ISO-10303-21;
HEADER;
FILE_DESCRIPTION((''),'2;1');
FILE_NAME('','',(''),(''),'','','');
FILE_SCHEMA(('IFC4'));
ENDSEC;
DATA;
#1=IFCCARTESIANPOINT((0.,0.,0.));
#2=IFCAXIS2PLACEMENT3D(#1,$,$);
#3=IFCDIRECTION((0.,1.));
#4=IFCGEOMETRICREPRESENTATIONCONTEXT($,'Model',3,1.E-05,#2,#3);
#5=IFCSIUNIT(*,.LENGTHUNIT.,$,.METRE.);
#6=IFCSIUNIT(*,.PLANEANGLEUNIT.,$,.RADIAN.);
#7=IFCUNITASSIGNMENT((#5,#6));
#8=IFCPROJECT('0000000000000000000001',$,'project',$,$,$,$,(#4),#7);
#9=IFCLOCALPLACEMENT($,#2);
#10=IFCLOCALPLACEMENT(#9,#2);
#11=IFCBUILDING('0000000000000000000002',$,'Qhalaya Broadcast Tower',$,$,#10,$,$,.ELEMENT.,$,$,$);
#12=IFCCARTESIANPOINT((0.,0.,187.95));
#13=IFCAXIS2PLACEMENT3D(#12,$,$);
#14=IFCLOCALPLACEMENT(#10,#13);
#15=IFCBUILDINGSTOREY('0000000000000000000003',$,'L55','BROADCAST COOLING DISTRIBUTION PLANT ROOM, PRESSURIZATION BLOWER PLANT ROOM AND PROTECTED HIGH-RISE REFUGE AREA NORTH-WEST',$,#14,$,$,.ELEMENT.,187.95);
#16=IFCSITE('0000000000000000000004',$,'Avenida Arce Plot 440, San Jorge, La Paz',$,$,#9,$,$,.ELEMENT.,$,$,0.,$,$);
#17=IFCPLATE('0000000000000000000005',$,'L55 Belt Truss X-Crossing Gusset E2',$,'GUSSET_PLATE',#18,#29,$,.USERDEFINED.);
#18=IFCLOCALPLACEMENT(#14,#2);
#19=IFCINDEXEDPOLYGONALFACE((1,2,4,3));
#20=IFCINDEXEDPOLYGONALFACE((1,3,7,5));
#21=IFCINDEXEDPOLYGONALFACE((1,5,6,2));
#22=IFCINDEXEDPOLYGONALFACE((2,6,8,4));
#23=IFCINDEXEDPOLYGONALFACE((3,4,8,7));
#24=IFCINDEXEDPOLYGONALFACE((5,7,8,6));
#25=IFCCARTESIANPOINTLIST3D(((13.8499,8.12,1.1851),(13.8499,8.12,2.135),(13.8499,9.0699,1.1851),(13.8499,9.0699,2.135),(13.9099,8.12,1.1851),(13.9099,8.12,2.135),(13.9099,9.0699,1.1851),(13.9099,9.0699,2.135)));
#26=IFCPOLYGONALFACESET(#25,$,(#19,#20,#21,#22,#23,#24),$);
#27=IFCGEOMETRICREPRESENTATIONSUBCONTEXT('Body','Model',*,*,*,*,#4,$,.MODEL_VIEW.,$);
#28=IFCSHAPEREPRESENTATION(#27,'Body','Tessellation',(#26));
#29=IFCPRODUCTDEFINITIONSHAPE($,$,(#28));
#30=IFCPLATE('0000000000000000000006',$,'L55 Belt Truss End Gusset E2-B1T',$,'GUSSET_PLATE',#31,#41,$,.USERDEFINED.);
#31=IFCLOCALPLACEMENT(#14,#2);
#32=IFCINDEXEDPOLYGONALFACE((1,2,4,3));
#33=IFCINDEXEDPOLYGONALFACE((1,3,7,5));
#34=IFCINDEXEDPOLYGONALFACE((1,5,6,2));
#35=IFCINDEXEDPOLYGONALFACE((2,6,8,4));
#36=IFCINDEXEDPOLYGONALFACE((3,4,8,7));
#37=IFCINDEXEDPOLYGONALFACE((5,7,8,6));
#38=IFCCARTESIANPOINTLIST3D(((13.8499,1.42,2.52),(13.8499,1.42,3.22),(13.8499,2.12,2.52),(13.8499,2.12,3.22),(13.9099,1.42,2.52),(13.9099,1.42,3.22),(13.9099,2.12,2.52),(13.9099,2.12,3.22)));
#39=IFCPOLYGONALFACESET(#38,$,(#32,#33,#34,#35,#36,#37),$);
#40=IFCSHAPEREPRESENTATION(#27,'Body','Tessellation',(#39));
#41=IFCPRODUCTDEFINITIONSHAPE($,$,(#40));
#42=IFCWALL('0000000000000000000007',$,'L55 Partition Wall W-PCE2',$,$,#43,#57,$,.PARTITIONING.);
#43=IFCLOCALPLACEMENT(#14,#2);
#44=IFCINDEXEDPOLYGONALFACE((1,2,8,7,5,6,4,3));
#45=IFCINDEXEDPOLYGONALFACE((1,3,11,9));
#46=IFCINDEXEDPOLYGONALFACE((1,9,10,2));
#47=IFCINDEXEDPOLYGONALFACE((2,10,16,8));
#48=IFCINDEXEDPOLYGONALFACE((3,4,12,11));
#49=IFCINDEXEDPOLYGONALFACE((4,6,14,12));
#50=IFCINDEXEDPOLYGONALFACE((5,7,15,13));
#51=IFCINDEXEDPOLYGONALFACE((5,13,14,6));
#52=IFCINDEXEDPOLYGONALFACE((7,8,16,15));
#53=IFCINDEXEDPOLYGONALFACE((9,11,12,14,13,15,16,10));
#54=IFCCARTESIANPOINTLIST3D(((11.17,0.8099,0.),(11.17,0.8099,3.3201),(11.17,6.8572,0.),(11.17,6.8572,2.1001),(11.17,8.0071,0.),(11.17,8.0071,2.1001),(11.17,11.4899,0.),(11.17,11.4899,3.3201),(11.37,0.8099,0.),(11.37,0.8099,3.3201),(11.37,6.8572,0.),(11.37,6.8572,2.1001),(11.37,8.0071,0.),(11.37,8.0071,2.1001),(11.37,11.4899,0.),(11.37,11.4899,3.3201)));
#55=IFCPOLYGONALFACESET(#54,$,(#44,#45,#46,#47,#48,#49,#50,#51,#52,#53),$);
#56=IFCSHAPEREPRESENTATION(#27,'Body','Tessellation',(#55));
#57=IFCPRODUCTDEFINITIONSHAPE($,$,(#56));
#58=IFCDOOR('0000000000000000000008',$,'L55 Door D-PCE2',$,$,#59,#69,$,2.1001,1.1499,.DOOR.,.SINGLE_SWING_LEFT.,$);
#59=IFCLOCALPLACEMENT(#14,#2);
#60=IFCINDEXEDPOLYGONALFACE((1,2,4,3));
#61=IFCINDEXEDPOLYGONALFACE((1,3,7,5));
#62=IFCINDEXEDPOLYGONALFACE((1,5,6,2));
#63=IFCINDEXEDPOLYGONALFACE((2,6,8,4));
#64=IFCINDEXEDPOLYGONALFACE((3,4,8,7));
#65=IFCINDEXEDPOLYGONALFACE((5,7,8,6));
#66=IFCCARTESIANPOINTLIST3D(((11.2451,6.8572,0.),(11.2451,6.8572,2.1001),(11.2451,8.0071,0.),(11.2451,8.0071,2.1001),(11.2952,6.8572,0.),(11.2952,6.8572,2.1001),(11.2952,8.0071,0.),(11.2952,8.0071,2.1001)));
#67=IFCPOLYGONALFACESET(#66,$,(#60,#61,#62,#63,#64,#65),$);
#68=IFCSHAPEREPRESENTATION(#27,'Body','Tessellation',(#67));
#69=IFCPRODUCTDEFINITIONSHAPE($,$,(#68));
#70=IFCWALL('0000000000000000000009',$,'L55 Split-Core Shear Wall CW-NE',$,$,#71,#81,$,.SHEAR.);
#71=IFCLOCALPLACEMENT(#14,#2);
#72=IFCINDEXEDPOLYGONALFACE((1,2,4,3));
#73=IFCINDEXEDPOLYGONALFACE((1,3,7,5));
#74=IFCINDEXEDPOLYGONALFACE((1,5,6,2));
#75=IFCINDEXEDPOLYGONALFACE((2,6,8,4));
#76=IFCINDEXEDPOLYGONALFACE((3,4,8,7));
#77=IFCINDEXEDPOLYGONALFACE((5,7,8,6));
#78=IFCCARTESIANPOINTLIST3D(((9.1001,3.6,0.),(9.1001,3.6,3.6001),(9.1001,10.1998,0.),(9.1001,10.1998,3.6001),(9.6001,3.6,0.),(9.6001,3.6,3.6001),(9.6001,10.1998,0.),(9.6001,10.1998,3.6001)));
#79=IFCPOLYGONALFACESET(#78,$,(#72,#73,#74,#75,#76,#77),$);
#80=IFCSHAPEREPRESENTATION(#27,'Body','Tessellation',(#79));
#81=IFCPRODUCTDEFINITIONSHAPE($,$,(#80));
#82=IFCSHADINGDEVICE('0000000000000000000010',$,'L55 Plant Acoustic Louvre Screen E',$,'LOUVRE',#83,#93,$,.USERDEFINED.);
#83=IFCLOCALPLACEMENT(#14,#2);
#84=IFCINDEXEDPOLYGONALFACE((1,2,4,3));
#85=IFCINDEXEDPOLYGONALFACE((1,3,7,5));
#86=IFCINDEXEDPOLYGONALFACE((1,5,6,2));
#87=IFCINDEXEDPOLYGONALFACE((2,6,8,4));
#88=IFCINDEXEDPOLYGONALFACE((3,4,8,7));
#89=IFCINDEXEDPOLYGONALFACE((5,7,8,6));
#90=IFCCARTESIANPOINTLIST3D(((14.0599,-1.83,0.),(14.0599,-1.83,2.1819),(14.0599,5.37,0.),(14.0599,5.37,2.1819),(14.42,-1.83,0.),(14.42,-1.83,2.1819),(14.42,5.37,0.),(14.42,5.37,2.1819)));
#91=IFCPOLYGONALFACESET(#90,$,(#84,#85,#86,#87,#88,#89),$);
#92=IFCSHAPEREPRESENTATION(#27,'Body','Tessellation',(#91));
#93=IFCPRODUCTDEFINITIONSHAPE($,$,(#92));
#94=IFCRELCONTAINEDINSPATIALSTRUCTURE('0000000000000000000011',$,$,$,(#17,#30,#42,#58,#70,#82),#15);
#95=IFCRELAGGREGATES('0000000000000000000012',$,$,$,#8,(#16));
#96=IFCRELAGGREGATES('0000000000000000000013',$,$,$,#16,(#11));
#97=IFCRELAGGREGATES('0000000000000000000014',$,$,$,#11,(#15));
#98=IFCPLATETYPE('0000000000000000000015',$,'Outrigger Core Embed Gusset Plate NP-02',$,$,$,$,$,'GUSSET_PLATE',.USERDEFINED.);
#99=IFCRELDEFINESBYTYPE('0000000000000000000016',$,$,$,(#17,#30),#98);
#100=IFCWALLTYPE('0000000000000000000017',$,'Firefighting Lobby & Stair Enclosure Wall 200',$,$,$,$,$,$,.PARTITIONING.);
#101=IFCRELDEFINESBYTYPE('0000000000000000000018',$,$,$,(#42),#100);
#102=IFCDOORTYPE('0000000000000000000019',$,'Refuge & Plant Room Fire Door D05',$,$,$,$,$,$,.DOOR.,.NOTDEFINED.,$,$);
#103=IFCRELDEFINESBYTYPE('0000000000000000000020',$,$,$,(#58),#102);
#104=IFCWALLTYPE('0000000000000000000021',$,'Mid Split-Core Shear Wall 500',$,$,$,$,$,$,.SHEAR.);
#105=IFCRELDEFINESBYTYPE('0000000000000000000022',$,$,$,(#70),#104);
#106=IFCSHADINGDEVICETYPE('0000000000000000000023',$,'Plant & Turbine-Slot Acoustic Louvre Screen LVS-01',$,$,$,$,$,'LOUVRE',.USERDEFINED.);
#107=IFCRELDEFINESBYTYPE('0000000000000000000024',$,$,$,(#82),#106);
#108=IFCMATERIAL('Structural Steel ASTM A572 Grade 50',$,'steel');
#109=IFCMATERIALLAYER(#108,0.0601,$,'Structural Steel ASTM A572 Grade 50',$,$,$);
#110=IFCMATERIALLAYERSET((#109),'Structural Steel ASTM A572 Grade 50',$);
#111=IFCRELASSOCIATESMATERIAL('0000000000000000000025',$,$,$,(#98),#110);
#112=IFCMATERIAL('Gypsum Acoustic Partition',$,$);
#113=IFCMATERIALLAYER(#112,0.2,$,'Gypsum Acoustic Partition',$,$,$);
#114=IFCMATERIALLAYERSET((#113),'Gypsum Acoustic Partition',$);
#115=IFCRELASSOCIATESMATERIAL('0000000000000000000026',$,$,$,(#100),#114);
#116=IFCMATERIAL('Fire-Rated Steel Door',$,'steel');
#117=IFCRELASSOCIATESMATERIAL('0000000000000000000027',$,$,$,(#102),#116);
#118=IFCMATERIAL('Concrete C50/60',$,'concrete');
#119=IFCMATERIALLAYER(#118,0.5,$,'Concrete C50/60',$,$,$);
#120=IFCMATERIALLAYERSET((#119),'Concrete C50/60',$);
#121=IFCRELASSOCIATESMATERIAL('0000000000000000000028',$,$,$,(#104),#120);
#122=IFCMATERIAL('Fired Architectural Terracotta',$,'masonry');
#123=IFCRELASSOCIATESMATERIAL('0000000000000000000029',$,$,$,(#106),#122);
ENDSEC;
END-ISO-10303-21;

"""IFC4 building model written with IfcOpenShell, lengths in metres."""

from ifc_helpers import new_model, si_unit, direction, frame, frame_2d, origin, origin_2d, place, context, subcontext, project, spatial, rectangle, extrude, material, layer, layer_set, type_object, element, fill, save


model = new_model("IFC4")

# Units and contexts
model_context = context("Model", 3, precision=1e-05, world=origin(), true_north=direction((0.0, 1.0)))
body_context = subcontext(model_context, "Body", "Model", "MODEL_VIEW")
ifc_project = project(units=[si_unit("LENGTHUNIT", "METRE"), si_unit("PLANEANGLEUNIT", "RADIAN")], contexts=[model_context])

# Site, building, storey
site_placement = place(None, origin())
site = spatial("IfcSite", under=ifc_project, at=site_placement, Name="Avenida Arce Plot 440, San Jorge, La Paz", CompositionType="ELEMENT", RefElevation=0.0)
building_placement = place(site_placement, origin())
building = spatial("IfcBuilding", under=site, at=building_placement, Name="Qhalaya Broadcast Tower", CompositionType="ELEMENT")
storey_placement = place(building_placement, frame((0.0, 0.0, 187.95)))
storey = spatial("IfcBuildingStorey", under=building, at=storey_placement, Name="L55", Description="BROADCAST COOLING DISTRIBUTION PLANT ROOM, PRESSURIZATION BLOWER PLANT ROOM AND PROTECTED HIGH-RISE REFUGE AREA NORTH-WEST", CompositionType="ELEMENT", Elevation=187.95)

# Shared definitions
ifc_material_1 = material(Name="Concrete C50/60", Category="concrete")
ifc_material_2 = material(Name="Structural Steel ASTM A572 Grade 50", Category="steel")

# Plates
ifc_layer_1 = layer(ifc_material_2, 0.0601, Name="Structural Steel ASTM A572 Grade 50")
ifc_layer_set_1 = layer_set([ifc_layer_1], Name="Structural Steel ASTM A572 Grade 50")
plate_type_1 = type_object("IfcPlateType", Name="Outrigger Core Embed Gusset Plate NP-02", ElementType="GUSSET_PLATE", PredefinedType="USERDEFINED", material=ifc_layer_set_1)
plate_1_placement = place(storey_placement, frame((13.8799, 8.595, 1.1851), z_axis=(0.0, 0.0, 1.0), x_axis=(0.0, 1.0, 0.0)))
element("IfcPlate", 1, at=plate_1_placement, inside=storey, type_object=plate_type_1, Name="L55 Belt Truss X-Crossing Gusset E2", ObjectType="GUSSET_PLATE", PredefinedType="USERDEFINED", context=body_context, shape_type="SweptSolid", body=[
    extrude(rectangle(XDim=0.95, YDim=0.0601, at=origin_2d()), origin(), (0.0, 0.0, 1.0), 0.95),
])
plate_2_placement = place(storey_placement, frame((13.8799, 1.77, 2.52), z_axis=(0.0, 0.0, 1.0), x_axis=(0.0, 1.0, 0.0)))
element("IfcPlate", 2, at=plate_2_placement, inside=storey, type_object=plate_type_1, Name="L55 Belt Truss End Gusset E2-B1T", ObjectType="GUSSET_PLATE", PredefinedType="USERDEFINED", context=body_context, shape_type="SweptSolid", body=[
    extrude(rectangle(XDim=0.7, YDim=0.0601, at=origin_2d()), origin(), (0.0, 0.0, 1.0), 0.7),
])

# Wall, opening, door
ifc_material_3 = material(Name="Gypsum Acoustic Partition")
ifc_layer_2 = layer(ifc_material_3, 0.2, Name="Gypsum Acoustic Partition")
ifc_layer_set_2 = layer_set([ifc_layer_2], Name="Gypsum Acoustic Partition")
wall_type_1 = type_object("IfcWallType", Name="Firefighting Lobby & Stair Enclosure Wall 200", PredefinedType="PARTITIONING", material=ifc_layer_set_2)
wall_1_placement = place(storey_placement, frame((11.27, 0.8101, 0.0), z_axis=(0.0, 0.0, 1.0), x_axis=(0.0, 1.0, 0.0)))
wall_1 = element("IfcWall", 3, at=wall_1_placement, inside=storey, type_object=wall_type_1, Name="L55 Partition Wall W-PCE2", PredefinedType="PARTITIONING", context=body_context, shape_type="SweptSolid", body=[
    extrude(rectangle(XDim=10.6799, YDim=0.2, at=frame_2d((5.3398, 0.0))), origin(), (0.0, 0.0, 1.0), 3.3201),
])
opening_placement = place(wall_1_placement, frame((6.0471, 0.0, 0.0)))
opening = element("IfcOpeningElement", 4, at=opening_placement, cuts=wall_1, PredefinedType="OPENING", context=body_context, shape_type="SweptSolid", body=[
    extrude(rectangle(XDim=1.1499, YDim=2.1001, at=frame_2d((0.575, 1.05))), frame((0.0, 0.1121, 0.0), z_axis=(0.0, -1.0, 0.0), x_axis=(1.0, 0.0, 0.0)), (0.0, 0.0, 1.0), 0.2239),
])
ifc_material_4 = material(Name="Fire-Rated Steel Door", Category="steel")
door_type = type_object("IfcDoorType", Name="Refuge & Plant Room Fire Door D05", OperationType="NOTDEFINED", PredefinedType="DOOR", material=ifc_material_4)
door_placement = place(opening_placement, origin())
door = element("IfcDoor", 5, at=door_placement, inside=storey, type_object=door_type, Name="L55 Door D-PCE2", OperationType="SINGLE_SWING_LEFT", OverallHeight=2.1001, OverallWidth=1.1499, PredefinedType="DOOR", context=body_context, shape_type="SweptSolid", body=[
    extrude(rectangle(XDim=1.1499, YDim=2.1001, at=frame_2d((0.575, 1.05))), frame((0.0, 0.0249, 0.0), z_axis=(0.0, -1.0, 0.0), x_axis=(1.0, 0.0, 0.0)), (0.0, 0.0, 1.0), 0.05),
])
fill(opening, door)

# Wall
ifc_layer_3 = layer(ifc_material_1, 0.5, Name="Concrete C50/60")
ifc_layer_set_3 = layer_set([ifc_layer_3], Name="Concrete C50/60")
wall_type_2 = type_object("IfcWallType", Name="Mid Split-Core Shear Wall 500", PredefinedType="SHEAR", material=ifc_layer_set_3)
wall_2_placement = place(storey_placement, frame((9.3501, 3.6001, 0.0), z_axis=(0.0, 0.0, 1.0), x_axis=(0.0, 1.0, 0.0)))
element("IfcWall", 6, at=wall_2_placement, inside=storey, type_object=wall_type_2, Name="L55 Split-Core Shear Wall CW-NE", PredefinedType="SHEAR", context=body_context, shape_type="SweptSolid", body=[
    extrude(rectangle(XDim=6.5999, YDim=0.5, at=frame_2d((3.2998, 0.0))), origin(), (0.0, 0.0, 1.0), 3.6001),
])

# Shading device
ifc_material_5 = material(Name="Fired Architectural Terracotta", Category="masonry")
shading_device_type = type_object("IfcShadingDeviceType", Name="Plant & Turbine-Slot Acoustic Louvre Screen LVS-01", ElementType="LOUVRE", PredefinedType="USERDEFINED", material=ifc_material_5)
shading_device_placement = place(storey_placement, frame((14.24, 1.77, 0.0), z_axis=(0.0, 0.0, 1.0), x_axis=(0.0, -1.0, 0.0)))
element("IfcShadingDevice", 7, at=shading_device_placement, inside=storey, type_object=shading_device_type, Name="L55 Plant Acoustic Louvre Screen E", ObjectType="LOUVRE", PredefinedType="USERDEFINED", context=body_context, shape_type="SweptSolid", body=[
    extrude(rectangle(XDim=7.2, YDim=0.3601, at=origin_2d()), origin(), (0.0, 0.0, 1.0), 2.1819),
])

save(model, "model.ifc")
